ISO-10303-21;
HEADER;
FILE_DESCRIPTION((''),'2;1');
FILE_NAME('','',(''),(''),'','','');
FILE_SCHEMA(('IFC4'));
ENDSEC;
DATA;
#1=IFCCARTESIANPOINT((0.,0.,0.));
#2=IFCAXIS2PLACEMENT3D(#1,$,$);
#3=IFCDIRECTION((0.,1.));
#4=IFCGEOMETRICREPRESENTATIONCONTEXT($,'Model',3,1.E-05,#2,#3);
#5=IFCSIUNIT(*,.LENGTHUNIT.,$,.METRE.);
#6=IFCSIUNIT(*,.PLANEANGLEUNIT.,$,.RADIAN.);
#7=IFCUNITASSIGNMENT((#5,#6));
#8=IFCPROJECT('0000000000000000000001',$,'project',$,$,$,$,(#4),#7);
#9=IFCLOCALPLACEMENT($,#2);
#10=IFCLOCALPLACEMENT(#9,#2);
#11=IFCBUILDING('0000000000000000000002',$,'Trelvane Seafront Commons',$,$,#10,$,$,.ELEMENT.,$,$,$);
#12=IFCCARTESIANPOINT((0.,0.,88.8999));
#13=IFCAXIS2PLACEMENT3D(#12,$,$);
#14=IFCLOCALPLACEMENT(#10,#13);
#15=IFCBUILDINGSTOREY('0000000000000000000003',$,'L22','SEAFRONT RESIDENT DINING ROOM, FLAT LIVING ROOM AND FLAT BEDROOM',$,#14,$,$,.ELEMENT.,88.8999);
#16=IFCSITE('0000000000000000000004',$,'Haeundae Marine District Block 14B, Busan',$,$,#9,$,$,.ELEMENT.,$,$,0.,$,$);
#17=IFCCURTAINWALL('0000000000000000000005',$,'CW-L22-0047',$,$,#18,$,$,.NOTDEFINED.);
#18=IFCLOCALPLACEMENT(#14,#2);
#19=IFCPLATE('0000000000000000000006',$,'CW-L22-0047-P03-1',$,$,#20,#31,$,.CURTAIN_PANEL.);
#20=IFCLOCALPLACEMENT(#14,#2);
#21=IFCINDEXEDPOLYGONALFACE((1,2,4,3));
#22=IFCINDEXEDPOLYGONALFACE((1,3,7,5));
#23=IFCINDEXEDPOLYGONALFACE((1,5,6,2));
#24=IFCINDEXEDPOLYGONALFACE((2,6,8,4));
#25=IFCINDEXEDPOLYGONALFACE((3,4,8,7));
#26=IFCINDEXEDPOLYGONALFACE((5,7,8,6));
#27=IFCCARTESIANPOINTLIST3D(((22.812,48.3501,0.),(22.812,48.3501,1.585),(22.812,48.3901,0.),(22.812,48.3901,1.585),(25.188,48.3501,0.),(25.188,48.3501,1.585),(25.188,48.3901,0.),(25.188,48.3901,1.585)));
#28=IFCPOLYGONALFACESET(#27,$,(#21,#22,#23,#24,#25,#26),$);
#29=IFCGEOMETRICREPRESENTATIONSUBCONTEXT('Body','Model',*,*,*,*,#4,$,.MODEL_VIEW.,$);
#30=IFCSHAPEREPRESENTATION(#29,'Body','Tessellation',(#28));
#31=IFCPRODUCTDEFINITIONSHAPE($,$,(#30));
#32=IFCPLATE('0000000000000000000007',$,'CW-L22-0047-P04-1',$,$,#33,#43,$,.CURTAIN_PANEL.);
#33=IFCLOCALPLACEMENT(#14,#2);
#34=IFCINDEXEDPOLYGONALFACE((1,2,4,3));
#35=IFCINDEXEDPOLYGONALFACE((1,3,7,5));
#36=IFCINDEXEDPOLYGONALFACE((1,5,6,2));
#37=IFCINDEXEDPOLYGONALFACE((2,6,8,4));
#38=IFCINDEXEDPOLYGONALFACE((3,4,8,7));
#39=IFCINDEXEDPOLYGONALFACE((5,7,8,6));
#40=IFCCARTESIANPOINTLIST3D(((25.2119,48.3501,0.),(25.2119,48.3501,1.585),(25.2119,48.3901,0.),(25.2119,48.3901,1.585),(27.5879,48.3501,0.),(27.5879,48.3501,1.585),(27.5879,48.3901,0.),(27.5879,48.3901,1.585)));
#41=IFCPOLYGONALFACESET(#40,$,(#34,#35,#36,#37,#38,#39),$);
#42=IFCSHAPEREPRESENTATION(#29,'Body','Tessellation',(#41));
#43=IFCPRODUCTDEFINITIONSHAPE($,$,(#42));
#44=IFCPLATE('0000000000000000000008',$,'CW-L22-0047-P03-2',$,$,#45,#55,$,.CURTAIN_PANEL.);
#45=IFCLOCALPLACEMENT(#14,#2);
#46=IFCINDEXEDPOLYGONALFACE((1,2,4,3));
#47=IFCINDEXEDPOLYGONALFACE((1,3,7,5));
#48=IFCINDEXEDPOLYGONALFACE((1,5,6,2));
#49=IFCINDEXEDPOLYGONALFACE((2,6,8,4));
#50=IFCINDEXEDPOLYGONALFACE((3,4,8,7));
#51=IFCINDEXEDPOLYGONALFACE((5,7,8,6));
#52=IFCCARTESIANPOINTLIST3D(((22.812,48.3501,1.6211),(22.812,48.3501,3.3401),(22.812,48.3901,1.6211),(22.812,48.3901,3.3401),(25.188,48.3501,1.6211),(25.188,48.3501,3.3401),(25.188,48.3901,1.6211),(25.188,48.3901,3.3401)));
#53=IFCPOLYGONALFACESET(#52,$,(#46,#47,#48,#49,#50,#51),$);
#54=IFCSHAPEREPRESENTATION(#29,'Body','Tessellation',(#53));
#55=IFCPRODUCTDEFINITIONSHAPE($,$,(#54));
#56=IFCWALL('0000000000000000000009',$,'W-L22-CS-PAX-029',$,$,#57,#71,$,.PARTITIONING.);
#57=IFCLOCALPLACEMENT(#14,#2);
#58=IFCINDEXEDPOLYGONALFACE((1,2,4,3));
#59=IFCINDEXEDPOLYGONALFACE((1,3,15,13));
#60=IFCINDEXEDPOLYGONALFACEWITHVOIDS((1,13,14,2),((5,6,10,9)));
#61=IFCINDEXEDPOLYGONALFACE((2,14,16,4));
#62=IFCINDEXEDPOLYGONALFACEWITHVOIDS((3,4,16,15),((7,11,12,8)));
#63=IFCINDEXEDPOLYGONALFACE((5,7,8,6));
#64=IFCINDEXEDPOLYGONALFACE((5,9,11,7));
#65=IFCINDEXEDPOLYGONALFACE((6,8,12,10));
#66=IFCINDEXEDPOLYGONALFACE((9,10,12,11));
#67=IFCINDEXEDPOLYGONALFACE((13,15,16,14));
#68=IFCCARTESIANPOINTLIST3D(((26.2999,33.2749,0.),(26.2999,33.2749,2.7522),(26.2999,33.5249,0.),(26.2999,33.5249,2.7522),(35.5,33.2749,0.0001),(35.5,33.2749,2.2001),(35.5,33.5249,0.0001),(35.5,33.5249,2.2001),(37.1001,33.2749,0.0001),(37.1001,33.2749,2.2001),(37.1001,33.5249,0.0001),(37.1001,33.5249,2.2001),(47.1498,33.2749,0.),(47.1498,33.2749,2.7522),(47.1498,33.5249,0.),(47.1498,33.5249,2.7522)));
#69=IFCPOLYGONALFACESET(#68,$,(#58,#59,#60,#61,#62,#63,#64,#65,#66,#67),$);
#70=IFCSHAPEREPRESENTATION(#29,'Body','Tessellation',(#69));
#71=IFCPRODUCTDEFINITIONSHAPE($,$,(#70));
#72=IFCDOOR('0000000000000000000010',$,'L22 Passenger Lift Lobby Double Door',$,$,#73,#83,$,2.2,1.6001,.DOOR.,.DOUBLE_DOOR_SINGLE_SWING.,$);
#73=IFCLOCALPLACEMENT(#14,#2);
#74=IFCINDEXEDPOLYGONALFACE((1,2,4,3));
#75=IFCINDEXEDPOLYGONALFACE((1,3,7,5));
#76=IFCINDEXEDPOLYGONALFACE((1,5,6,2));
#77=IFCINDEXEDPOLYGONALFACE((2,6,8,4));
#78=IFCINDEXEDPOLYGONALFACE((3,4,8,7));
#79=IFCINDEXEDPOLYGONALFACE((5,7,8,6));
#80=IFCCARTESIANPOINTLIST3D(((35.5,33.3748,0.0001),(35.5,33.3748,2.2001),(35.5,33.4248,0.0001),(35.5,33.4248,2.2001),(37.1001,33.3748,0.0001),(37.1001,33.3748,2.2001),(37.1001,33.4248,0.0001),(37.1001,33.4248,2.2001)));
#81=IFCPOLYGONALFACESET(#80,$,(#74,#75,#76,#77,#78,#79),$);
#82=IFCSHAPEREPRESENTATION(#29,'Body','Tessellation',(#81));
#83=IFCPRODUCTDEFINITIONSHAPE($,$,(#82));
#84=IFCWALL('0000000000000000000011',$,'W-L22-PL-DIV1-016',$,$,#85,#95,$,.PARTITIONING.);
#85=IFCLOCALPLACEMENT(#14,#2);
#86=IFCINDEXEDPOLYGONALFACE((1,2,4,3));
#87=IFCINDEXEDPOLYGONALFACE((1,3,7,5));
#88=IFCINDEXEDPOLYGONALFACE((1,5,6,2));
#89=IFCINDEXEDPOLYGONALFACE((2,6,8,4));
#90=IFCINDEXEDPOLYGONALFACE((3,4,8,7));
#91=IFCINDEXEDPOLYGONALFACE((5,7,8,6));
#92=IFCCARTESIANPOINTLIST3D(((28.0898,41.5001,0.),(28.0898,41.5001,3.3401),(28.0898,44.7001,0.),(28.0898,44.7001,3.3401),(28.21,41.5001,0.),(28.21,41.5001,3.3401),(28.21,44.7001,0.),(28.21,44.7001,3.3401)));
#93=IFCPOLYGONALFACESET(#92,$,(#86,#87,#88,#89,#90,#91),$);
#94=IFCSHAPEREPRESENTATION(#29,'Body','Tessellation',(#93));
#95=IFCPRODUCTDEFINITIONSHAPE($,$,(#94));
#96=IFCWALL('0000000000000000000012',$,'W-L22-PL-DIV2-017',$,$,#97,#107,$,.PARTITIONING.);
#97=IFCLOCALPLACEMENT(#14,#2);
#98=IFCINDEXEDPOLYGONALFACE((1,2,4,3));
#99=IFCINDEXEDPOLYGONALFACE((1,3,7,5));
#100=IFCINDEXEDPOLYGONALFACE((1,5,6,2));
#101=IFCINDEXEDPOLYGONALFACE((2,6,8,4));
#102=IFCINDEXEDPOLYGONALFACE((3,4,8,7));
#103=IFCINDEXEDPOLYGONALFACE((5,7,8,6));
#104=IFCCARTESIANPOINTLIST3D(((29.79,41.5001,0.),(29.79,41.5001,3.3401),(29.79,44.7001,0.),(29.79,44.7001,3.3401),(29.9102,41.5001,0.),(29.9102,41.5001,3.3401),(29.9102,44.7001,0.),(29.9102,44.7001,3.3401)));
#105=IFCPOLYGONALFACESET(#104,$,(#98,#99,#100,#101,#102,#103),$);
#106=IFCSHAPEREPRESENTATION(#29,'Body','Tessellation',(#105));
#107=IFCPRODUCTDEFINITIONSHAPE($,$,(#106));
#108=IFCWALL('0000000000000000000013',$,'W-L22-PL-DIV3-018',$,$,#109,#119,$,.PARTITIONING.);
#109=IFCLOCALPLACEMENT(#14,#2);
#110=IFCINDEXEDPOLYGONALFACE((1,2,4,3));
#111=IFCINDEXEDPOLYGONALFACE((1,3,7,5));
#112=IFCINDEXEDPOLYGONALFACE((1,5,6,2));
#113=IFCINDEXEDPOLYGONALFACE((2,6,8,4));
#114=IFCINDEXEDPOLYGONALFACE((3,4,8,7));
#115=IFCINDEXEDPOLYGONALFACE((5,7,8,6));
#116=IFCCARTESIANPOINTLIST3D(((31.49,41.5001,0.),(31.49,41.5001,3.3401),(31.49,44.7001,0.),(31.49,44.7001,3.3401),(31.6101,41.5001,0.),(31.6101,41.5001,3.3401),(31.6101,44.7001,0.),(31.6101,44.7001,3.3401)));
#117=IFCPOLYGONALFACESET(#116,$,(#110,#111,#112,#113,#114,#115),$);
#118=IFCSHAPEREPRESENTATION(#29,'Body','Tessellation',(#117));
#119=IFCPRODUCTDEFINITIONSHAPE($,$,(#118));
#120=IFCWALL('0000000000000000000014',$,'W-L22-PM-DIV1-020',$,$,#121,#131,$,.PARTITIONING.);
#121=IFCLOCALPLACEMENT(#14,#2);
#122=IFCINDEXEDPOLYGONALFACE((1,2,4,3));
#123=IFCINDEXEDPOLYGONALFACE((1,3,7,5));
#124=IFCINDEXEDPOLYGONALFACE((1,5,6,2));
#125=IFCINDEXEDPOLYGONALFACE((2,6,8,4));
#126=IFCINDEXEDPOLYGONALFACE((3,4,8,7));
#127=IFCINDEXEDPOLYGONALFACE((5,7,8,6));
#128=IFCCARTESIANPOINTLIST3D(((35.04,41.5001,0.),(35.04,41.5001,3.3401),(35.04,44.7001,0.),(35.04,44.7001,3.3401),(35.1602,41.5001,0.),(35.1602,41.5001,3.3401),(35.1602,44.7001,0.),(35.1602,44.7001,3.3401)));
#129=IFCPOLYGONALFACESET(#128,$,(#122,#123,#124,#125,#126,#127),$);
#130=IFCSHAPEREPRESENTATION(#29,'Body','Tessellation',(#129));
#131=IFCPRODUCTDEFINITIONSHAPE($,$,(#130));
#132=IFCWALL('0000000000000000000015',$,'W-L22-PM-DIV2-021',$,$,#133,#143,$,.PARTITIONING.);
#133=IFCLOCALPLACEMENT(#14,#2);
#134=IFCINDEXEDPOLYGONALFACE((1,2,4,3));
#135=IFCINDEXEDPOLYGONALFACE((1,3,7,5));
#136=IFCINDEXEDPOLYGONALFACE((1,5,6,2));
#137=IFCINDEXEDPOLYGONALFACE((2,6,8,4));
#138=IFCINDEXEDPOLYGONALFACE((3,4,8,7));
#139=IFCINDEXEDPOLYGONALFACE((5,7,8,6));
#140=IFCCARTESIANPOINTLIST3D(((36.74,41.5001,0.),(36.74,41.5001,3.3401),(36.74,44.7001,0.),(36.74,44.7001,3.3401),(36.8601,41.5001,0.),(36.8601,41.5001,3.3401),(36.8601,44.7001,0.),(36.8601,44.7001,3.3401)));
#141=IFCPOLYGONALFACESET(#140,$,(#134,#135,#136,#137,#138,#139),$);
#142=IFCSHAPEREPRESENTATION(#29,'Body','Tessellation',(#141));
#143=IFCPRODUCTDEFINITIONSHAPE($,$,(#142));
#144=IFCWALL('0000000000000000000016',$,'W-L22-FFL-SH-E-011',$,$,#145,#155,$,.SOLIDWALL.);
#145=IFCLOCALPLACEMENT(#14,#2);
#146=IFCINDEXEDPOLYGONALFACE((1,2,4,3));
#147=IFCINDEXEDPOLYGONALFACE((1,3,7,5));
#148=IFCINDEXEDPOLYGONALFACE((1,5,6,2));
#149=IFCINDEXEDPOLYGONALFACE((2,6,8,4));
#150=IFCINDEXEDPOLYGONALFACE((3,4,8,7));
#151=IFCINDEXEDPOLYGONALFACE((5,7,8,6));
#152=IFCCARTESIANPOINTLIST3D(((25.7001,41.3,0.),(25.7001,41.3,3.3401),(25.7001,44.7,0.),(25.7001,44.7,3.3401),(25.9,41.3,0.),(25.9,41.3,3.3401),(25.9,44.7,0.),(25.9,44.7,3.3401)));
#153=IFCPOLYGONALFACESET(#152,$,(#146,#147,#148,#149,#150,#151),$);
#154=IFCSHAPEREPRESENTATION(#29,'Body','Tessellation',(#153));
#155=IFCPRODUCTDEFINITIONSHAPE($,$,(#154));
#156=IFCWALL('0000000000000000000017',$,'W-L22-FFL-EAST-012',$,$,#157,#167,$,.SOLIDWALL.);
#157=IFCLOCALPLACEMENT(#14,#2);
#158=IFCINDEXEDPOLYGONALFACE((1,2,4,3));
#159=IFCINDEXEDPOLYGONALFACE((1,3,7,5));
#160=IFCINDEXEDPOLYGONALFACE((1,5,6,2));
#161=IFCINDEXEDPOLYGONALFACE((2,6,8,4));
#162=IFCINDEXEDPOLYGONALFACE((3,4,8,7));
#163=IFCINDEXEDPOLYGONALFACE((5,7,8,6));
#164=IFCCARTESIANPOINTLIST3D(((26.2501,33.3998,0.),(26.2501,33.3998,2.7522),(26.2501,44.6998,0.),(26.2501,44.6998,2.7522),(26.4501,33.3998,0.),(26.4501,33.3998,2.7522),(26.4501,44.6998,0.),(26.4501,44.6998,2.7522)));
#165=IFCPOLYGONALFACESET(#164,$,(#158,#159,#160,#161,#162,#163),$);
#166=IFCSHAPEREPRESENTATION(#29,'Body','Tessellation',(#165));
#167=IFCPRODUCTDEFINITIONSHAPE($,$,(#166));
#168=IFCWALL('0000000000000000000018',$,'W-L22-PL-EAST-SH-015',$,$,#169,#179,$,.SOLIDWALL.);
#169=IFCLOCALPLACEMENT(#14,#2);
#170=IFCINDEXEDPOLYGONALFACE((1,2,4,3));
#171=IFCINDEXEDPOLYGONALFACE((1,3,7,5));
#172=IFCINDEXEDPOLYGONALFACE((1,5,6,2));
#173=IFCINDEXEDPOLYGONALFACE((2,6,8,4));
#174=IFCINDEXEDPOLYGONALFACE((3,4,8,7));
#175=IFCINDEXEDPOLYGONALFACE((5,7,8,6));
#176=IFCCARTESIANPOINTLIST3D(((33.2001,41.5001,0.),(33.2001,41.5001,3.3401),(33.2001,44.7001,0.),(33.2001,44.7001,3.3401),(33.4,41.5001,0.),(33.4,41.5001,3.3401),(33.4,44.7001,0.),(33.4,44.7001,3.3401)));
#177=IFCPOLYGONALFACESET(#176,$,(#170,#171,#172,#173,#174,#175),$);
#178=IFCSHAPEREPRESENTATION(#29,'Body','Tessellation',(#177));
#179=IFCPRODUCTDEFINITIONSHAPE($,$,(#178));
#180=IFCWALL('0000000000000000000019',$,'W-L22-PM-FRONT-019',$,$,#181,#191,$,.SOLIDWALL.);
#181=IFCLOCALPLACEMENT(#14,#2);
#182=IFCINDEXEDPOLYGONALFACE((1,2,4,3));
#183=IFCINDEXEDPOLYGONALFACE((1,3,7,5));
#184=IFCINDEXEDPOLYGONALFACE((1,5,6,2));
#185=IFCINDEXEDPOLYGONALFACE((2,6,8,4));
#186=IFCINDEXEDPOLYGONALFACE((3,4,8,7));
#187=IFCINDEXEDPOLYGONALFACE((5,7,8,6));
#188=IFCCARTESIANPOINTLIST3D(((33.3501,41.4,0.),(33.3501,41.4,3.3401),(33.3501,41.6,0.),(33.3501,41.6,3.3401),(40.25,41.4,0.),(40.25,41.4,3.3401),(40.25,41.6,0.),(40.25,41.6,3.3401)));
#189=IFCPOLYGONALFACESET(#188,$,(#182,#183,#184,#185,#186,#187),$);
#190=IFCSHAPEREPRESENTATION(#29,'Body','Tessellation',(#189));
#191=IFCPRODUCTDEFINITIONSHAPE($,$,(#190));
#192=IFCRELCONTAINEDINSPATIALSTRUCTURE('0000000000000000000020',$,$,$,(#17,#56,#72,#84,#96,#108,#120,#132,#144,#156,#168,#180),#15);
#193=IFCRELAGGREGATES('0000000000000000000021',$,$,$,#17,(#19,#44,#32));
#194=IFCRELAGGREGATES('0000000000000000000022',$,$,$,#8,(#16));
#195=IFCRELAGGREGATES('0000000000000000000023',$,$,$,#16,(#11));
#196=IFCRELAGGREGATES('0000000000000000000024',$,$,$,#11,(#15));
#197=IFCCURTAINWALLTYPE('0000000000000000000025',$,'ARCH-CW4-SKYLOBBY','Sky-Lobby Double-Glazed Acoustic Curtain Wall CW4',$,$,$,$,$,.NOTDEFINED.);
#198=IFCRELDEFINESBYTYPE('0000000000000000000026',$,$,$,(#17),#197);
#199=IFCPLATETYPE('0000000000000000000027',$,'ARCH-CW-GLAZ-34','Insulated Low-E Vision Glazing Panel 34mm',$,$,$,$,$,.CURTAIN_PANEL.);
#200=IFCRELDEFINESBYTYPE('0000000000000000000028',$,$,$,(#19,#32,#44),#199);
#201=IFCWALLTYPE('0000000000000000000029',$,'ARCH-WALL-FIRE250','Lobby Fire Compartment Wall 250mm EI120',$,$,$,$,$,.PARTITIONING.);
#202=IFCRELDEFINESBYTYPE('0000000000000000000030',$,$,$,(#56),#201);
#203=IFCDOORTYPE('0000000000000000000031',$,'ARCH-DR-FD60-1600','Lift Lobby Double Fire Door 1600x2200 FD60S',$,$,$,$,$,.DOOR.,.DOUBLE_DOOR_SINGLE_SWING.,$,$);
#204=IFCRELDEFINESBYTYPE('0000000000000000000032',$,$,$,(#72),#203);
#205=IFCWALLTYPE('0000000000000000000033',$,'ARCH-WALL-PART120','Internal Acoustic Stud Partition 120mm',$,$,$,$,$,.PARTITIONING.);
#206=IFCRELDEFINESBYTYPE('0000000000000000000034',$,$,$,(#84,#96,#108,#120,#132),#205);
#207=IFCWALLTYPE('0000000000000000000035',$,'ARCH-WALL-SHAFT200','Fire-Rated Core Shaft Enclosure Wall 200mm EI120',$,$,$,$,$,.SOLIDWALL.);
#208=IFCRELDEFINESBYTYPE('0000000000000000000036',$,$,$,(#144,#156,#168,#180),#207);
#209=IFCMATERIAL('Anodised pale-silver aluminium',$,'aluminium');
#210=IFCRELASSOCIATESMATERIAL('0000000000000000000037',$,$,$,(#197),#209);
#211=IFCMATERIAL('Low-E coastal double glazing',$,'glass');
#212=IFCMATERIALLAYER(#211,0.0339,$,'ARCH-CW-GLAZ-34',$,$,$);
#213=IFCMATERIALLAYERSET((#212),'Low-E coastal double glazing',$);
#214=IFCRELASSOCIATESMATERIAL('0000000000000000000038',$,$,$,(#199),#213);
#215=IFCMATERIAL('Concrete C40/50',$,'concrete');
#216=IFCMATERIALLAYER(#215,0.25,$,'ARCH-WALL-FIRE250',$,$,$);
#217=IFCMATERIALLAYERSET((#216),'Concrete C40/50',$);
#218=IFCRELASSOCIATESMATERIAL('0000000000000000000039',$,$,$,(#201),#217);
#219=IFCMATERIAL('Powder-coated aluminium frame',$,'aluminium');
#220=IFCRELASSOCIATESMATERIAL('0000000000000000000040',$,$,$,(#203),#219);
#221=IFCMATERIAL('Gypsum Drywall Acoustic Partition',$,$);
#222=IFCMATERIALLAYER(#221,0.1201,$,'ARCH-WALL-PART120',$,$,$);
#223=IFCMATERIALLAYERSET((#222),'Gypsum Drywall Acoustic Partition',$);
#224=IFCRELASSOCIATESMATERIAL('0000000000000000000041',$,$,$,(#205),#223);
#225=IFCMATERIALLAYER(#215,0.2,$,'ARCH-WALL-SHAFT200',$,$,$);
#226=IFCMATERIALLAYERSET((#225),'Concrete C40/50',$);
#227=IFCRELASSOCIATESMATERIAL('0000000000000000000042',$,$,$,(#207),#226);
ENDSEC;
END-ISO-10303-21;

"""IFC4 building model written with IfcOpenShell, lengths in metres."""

from ifc_helpers import new_model, si_unit, direction, frame, frame_2d, origin, origin_2d, place, context, subcontext, project, spatial, rectangle, extrude, source, transform, mapped, material, layer, layer_set, type_object, element, fill, aggregate, save


model = new_model("IFC4")

# Units and contexts
model_context = context("Model", 3, precision=1e-05, world=origin(), true_north=direction((0.0, 1.0)))
body_context = subcontext(model_context, "Body", "Model", "MODEL_VIEW")
ifc_project = project(units=[si_unit("LENGTHUNIT", "METRE"), si_unit("PLANEANGLEUNIT", "RADIAN")], contexts=[model_context])

# Site, building, storey
site_placement = place(None, origin())
site = spatial("IfcSite", under=ifc_project, at=site_placement, Name="Haeundae Marine District Block 14B, Busan", CompositionType="ELEMENT", RefElevation=0.0)
building_placement = place(site_placement, origin())
building = spatial("IfcBuilding", under=site, at=building_placement, Name="Trelvane Seafront Commons", CompositionType="ELEMENT")
storey_placement = place(building_placement, frame((0.0, 0.0, 88.8999)))
storey = spatial("IfcBuildingStorey", under=building, at=storey_placement, Name="L22", Description="SEAFRONT RESIDENT DINING ROOM, FLAT LIVING ROOM AND FLAT BEDROOM", CompositionType="ELEMENT", Elevation=88.8999)

# Curtain wall, plates
ifc_material_1 = material(Name="Anodised pale-silver aluminium", Category="aluminium")
curtain_wall_type = type_object("IfcCurtainWallType", Name="ARCH-CW4-SKYLOBBY", Description="Sky-Lobby Double-Glazed Acoustic Curtain Wall CW4", PredefinedType="NOTDEFINED", material=ifc_material_1)
curtain_wall_placement = place(storey_placement, origin())
curtain_wall = element("IfcCurtainWall", 1, at=curtain_wall_placement, inside=storey, type_object=curtain_wall_type, Name="CW-L22-0047", PredefinedType="NOTDEFINED")
ifc_material_2 = material(Name="Low-E coastal double glazing", Category="glass")
ifc_layer_1 = layer(ifc_material_2, 0.0339, Name="ARCH-CW-GLAZ-34")
ifc_layer_set_1 = layer_set([ifc_layer_1], Name="Low-E coastal double glazing")
plate_type = type_object("IfcPlateType", Name="ARCH-CW-GLAZ-34", Description="Insulated Low-E Vision Glazing Panel 34mm", PredefinedType="CURTAIN_PANEL", material=ifc_layer_set_1)
shared_shape_1 = source(origin(), body_context, "Body", "SweptSolid", [
    extrude(rectangle(XDim=2.376, YDim=0.04, at=origin_2d()), origin(), (0.0, 0.0, 1.0), 1.585),
])
plate_1_placement = place(storey_placement, frame((24.0, 48.3701, 0.0), z_axis=(0.0, 0.0, 1.0), x_axis=(1.0, 0.0, 0.0)))
plate_1 = element("IfcPlate", 2, at=plate_1_placement, type_object=plate_type, Name="CW-L22-0047-P03-1", PredefinedType="CURTAIN_PANEL", context=body_context, shape_type="MappedRepresentation", body=[
    mapped(shared_shape_1, transform((0.0, 0.0, 0.0), x_axis=(1.0, 0.0, 0.0), y_axis=(0.0, 1.0, 0.0), z_axis=(0.0, 0.0, 1.0), scale=1.0)),
])
plate_2_placement = place(storey_placement, frame((26.3999, 48.3701, 0.0), z_axis=(0.0, 0.0, 1.0), x_axis=(1.0, 0.0, 0.0)))
plate_2 = element("IfcPlate", 3, at=plate_2_placement, type_object=plate_type, Name="CW-L22-0047-P04-1", PredefinedType="CURTAIN_PANEL", context=body_context, shape_type="MappedRepresentation", body=[
    mapped(shared_shape_1, transform((0.0, 0.0, 0.0), x_axis=(1.0, 0.0, 0.0), y_axis=(0.0, 1.0, 0.0), z_axis=(0.0, 0.0, 1.0), scale=1.0)),
])
shared_shape_2 = source(origin(), body_context, "Body", "SweptSolid", [
    extrude(rectangle(XDim=2.376, YDim=0.04, at=origin_2d()), origin(), (0.0, 0.0, 1.0), 1.719),
])
plate_3_placement = place(storey_placement, frame((24.0, 48.3701, 1.6211), z_axis=(0.0, 0.0, 1.0), x_axis=(1.0, 0.0, 0.0)))
plate_3 = element("IfcPlate", 4, at=plate_3_placement, type_object=plate_type, Name="CW-L22-0047-P03-2", PredefinedType="CURTAIN_PANEL", context=body_context, shape_type="MappedRepresentation", body=[
    mapped(shared_shape_2, transform((0.0, 0.0, 0.0), x_axis=(1.0, 0.0, 0.0), y_axis=(0.0, 1.0, 0.0), z_axis=(0.0, 0.0, 1.0), scale=1.0)),
])
aggregate(curtain_wall, [plate_1, plate_3, plate_2])

# Wall, opening, door
ifc_material_3 = material(Name="Concrete C40/50", Category="concrete")
ifc_layer_2 = layer(ifc_material_3, 0.25, Name="ARCH-WALL-FIRE250")
ifc_layer_set_2 = layer_set([ifc_layer_2], Name="Concrete C40/50")
wall_type_1 = type_object("IfcWallType", Name="ARCH-WALL-FIRE250", Description="Lobby Fire Compartment Wall 250mm EI120", PredefinedType="PARTITIONING", material=ifc_layer_set_2)
wall_1_placement = place(storey_placement, frame((26.3, 33.3999, 0.0), z_axis=(0.0, 0.0, 1.0), x_axis=(1.0, 0.0, 0.0)))
wall_1 = element("IfcWall", 5, at=wall_1_placement, inside=storey, type_object=wall_type_1, Name="W-L22-CS-PAX-029", PredefinedType="PARTITIONING", context=body_context, shape_type="SweptSolid", body=[
    extrude(rectangle(XDim=20.8499, YDim=0.25, at=frame_2d((10.4248, 0.0))), origin(), (0.0, 0.0, 1.0), 2.7522),
])
opening_1_placement = place(wall_1_placement, frame((9.2, 0.0, 0.0)))
opening_1 = element("IfcOpeningElement", 6, at=opening_1_placement, cuts=wall_1, PredefinedType="OPENING", context=body_context, shape_type="SweptSolid", body=[
    extrude(rectangle(XDim=1.6001, YDim=2.2, at=frame_2d((0.8, 1.1001))), frame((0.0, 0.135, 0.0), z_axis=(0.0, -1.0, 0.0), x_axis=(1.0, 0.0, 0.0)), (0.0, 0.0, 1.0), 0.27),
])
ifc_material_4 = material(Name="Powder-coated aluminium frame", Category="aluminium")
door_type_1 = type_object("IfcDoorType", Name="ARCH-DR-FD60-1600", Description="Lift Lobby Double Fire Door 1600x2200 FD60S", OperationType="DOUBLE_DOOR_SINGLE_SWING", PredefinedType="DOOR", material=ifc_material_4)
shared_shape_3 = source(origin(), body_context, "Body", "SweptSolid", [
    extrude(rectangle(XDim=1.6001, YDim=2.2, at=frame_2d((0.8, 1.1001))), frame((0.0, 0.0249, 0.0), z_axis=(0.0, -1.0, 0.0), x_axis=(1.0, 0.0, 0.0)), (0.0, 0.0, 1.0), 0.05),
])
door_1_placement = place(opening_1_placement, origin())
door_1 = element("IfcDoor", 7, at=door_1_placement, inside=storey, type_object=door_type_1, Name="L22 Passenger Lift Lobby Double Door", OperationType="DOUBLE_DOOR_SINGLE_SWING", OverallHeight=2.2, OverallWidth=1.6001, PredefinedType="DOOR", context=body_context, shape_type="MappedRepresentation", body=[
    mapped(shared_shape_3, transform((0.0, 0.0, 0.0), x_axis=(1.0, 0.0, 0.0), y_axis=(0.0, 1.0, 0.0), z_axis=(0.0, 0.0, 1.0), scale=1.0)),
])
fill(opening_1, door_1)

# Walls
ifc_material_5 = material(Name="Gypsum Drywall Acoustic Partition")
ifc_layer_3 = layer(ifc_material_5, 0.1201, Name="ARCH-WALL-PART120")
ifc_layer_set_3 = layer_set([ifc_layer_3], Name="Gypsum Drywall Acoustic Partition")
wall_type_2 = type_object("IfcWallType", Name="ARCH-WALL-PART120", Description="Internal Acoustic Stud Partition 120mm", PredefinedType="PARTITIONING", material=ifc_layer_set_3)
for number, where, z_axis, x_axis, name in (
    (8, (28.1499, 41.5, 0.0), (0.0, 0.0, 1.0), (0.0, 1.0, 0.0), "W-L22-PL-DIV1-016"),
    (9, (29.8501, 41.5, 0.0), (0.0, 0.0, 1.0), (0.0, 1.0, 0.0), "W-L22-PL-DIV2-017"),
    (10, (31.55, 41.5, 0.0), (0.0, 0.0, 1.0), (0.0, 1.0, 0.0), "W-L22-PL-DIV3-018"),
    (11, (35.1001, 41.5, 0.0), (0.0, 0.0, 1.0), (0.0, 1.0, 0.0), "W-L22-PM-DIV1-020"),
    (12, (36.8, 41.5, 0.0), (0.0, 0.0, 1.0), (0.0, 1.0, 0.0), "W-L22-PM-DIV2-021"),
):
    element("IfcWall", number, at=place(storey_placement, frame(where, z_axis=z_axis, x_axis=x_axis)), inside=storey, type_object=wall_type_2, Name=name, PredefinedType="PARTITIONING", context=body_context, shape_type="SweptSolid", body=[
        extrude(rectangle(XDim=3.2, YDim=0.1201, at=frame_2d((1.6001, 0.0))), origin(), (0.0, 0.0, 1.0), 3.3401),
    ])

# Walls
ifc_layer_4 = layer(ifc_material_3, 0.2, Name="ARCH-WALL-SHAFT200")
ifc_layer_set_4 = layer_set([ifc_layer_4], Name="Concrete C40/50")
wall_type_3 = type_object("IfcWallType", Name="ARCH-WALL-SHAFT200", Description="Fire-Rated Core Shaft Enclosure Wall 200mm EI120", PredefinedType="SOLIDWALL", material=ifc_layer_set_4)
wall_2_placement = place(storey_placement, frame((25.8, 41.3, 0.0), z_axis=(0.0, 0.0, 1.0), x_axis=(0.0, 1.0, 0.0)))
element("IfcWall", 13, at=wall_2_placement, inside=storey, type_object=wall_type_3, Name="W-L22-FFL-SH-E-011", PredefinedType="SOLIDWALL", context=body_context, shape_type="SweptSolid", body=[
    extrude(rectangle(XDim=3.3999, YDim=0.2, at=frame_2d((1.7, 0.0))), origin(), (0.0, 0.0, 1.0), 3.3401),
])
wall_3_placement = place(storey_placement, frame((26.3501, 33.3999, 0.0), z_axis=(0.0, 0.0, 1.0), x_axis=(0.0, 1.0, 0.0)))
element("IfcWall", 14, at=wall_3_placement, inside=storey, type_object=wall_type_3, Name="W-L22-FFL-EAST-012", PredefinedType="SOLIDWALL", context=body_context, shape_type="SweptSolid", body=[
    extrude(rectangle(XDim=11.3, YDim=0.2, at=frame_2d((5.6499, 0.0))), origin(), (0.0, 0.0, 1.0), 2.7522),
])

# Walls
wall_4_placement = place(storey_placement, frame((33.3, 41.5, 0.0), z_axis=(0.0, 0.0, 1.0), x_axis=(0.0, 1.0, 0.0)))
element("IfcWall", 15, at=wall_4_placement, inside=storey, type_object=wall_type_3, Name="W-L22-PL-EAST-SH-015", PredefinedType="SOLIDWALL", context=body_context, shape_type="SweptSolid", body=[
    extrude(rectangle(XDim=3.2, YDim=0.2, at=frame_2d((1.6001, 0.0))), origin(), (0.0, 0.0, 1.0), 3.3401),
])
wall_5_placement = place(storey_placement, frame((33.3501, 41.5, 0.0), z_axis=(0.0, 0.0, 1.0), x_axis=(1.0, 0.0, 0.0)))
element("IfcWall", 16, at=wall_5_placement, inside=storey, type_object=wall_type_3, Name="W-L22-PM-FRONT-019", PredefinedType="SOLIDWALL", context=body_context, shape_type="SweptSolid", body=[
    extrude(rectangle(XDim=6.8999, YDim=0.2, at=frame_2d((3.45, 0.0))), origin(), (0.0, 0.0, 1.0), 3.3401),
])

save(model, "model.ifc")
